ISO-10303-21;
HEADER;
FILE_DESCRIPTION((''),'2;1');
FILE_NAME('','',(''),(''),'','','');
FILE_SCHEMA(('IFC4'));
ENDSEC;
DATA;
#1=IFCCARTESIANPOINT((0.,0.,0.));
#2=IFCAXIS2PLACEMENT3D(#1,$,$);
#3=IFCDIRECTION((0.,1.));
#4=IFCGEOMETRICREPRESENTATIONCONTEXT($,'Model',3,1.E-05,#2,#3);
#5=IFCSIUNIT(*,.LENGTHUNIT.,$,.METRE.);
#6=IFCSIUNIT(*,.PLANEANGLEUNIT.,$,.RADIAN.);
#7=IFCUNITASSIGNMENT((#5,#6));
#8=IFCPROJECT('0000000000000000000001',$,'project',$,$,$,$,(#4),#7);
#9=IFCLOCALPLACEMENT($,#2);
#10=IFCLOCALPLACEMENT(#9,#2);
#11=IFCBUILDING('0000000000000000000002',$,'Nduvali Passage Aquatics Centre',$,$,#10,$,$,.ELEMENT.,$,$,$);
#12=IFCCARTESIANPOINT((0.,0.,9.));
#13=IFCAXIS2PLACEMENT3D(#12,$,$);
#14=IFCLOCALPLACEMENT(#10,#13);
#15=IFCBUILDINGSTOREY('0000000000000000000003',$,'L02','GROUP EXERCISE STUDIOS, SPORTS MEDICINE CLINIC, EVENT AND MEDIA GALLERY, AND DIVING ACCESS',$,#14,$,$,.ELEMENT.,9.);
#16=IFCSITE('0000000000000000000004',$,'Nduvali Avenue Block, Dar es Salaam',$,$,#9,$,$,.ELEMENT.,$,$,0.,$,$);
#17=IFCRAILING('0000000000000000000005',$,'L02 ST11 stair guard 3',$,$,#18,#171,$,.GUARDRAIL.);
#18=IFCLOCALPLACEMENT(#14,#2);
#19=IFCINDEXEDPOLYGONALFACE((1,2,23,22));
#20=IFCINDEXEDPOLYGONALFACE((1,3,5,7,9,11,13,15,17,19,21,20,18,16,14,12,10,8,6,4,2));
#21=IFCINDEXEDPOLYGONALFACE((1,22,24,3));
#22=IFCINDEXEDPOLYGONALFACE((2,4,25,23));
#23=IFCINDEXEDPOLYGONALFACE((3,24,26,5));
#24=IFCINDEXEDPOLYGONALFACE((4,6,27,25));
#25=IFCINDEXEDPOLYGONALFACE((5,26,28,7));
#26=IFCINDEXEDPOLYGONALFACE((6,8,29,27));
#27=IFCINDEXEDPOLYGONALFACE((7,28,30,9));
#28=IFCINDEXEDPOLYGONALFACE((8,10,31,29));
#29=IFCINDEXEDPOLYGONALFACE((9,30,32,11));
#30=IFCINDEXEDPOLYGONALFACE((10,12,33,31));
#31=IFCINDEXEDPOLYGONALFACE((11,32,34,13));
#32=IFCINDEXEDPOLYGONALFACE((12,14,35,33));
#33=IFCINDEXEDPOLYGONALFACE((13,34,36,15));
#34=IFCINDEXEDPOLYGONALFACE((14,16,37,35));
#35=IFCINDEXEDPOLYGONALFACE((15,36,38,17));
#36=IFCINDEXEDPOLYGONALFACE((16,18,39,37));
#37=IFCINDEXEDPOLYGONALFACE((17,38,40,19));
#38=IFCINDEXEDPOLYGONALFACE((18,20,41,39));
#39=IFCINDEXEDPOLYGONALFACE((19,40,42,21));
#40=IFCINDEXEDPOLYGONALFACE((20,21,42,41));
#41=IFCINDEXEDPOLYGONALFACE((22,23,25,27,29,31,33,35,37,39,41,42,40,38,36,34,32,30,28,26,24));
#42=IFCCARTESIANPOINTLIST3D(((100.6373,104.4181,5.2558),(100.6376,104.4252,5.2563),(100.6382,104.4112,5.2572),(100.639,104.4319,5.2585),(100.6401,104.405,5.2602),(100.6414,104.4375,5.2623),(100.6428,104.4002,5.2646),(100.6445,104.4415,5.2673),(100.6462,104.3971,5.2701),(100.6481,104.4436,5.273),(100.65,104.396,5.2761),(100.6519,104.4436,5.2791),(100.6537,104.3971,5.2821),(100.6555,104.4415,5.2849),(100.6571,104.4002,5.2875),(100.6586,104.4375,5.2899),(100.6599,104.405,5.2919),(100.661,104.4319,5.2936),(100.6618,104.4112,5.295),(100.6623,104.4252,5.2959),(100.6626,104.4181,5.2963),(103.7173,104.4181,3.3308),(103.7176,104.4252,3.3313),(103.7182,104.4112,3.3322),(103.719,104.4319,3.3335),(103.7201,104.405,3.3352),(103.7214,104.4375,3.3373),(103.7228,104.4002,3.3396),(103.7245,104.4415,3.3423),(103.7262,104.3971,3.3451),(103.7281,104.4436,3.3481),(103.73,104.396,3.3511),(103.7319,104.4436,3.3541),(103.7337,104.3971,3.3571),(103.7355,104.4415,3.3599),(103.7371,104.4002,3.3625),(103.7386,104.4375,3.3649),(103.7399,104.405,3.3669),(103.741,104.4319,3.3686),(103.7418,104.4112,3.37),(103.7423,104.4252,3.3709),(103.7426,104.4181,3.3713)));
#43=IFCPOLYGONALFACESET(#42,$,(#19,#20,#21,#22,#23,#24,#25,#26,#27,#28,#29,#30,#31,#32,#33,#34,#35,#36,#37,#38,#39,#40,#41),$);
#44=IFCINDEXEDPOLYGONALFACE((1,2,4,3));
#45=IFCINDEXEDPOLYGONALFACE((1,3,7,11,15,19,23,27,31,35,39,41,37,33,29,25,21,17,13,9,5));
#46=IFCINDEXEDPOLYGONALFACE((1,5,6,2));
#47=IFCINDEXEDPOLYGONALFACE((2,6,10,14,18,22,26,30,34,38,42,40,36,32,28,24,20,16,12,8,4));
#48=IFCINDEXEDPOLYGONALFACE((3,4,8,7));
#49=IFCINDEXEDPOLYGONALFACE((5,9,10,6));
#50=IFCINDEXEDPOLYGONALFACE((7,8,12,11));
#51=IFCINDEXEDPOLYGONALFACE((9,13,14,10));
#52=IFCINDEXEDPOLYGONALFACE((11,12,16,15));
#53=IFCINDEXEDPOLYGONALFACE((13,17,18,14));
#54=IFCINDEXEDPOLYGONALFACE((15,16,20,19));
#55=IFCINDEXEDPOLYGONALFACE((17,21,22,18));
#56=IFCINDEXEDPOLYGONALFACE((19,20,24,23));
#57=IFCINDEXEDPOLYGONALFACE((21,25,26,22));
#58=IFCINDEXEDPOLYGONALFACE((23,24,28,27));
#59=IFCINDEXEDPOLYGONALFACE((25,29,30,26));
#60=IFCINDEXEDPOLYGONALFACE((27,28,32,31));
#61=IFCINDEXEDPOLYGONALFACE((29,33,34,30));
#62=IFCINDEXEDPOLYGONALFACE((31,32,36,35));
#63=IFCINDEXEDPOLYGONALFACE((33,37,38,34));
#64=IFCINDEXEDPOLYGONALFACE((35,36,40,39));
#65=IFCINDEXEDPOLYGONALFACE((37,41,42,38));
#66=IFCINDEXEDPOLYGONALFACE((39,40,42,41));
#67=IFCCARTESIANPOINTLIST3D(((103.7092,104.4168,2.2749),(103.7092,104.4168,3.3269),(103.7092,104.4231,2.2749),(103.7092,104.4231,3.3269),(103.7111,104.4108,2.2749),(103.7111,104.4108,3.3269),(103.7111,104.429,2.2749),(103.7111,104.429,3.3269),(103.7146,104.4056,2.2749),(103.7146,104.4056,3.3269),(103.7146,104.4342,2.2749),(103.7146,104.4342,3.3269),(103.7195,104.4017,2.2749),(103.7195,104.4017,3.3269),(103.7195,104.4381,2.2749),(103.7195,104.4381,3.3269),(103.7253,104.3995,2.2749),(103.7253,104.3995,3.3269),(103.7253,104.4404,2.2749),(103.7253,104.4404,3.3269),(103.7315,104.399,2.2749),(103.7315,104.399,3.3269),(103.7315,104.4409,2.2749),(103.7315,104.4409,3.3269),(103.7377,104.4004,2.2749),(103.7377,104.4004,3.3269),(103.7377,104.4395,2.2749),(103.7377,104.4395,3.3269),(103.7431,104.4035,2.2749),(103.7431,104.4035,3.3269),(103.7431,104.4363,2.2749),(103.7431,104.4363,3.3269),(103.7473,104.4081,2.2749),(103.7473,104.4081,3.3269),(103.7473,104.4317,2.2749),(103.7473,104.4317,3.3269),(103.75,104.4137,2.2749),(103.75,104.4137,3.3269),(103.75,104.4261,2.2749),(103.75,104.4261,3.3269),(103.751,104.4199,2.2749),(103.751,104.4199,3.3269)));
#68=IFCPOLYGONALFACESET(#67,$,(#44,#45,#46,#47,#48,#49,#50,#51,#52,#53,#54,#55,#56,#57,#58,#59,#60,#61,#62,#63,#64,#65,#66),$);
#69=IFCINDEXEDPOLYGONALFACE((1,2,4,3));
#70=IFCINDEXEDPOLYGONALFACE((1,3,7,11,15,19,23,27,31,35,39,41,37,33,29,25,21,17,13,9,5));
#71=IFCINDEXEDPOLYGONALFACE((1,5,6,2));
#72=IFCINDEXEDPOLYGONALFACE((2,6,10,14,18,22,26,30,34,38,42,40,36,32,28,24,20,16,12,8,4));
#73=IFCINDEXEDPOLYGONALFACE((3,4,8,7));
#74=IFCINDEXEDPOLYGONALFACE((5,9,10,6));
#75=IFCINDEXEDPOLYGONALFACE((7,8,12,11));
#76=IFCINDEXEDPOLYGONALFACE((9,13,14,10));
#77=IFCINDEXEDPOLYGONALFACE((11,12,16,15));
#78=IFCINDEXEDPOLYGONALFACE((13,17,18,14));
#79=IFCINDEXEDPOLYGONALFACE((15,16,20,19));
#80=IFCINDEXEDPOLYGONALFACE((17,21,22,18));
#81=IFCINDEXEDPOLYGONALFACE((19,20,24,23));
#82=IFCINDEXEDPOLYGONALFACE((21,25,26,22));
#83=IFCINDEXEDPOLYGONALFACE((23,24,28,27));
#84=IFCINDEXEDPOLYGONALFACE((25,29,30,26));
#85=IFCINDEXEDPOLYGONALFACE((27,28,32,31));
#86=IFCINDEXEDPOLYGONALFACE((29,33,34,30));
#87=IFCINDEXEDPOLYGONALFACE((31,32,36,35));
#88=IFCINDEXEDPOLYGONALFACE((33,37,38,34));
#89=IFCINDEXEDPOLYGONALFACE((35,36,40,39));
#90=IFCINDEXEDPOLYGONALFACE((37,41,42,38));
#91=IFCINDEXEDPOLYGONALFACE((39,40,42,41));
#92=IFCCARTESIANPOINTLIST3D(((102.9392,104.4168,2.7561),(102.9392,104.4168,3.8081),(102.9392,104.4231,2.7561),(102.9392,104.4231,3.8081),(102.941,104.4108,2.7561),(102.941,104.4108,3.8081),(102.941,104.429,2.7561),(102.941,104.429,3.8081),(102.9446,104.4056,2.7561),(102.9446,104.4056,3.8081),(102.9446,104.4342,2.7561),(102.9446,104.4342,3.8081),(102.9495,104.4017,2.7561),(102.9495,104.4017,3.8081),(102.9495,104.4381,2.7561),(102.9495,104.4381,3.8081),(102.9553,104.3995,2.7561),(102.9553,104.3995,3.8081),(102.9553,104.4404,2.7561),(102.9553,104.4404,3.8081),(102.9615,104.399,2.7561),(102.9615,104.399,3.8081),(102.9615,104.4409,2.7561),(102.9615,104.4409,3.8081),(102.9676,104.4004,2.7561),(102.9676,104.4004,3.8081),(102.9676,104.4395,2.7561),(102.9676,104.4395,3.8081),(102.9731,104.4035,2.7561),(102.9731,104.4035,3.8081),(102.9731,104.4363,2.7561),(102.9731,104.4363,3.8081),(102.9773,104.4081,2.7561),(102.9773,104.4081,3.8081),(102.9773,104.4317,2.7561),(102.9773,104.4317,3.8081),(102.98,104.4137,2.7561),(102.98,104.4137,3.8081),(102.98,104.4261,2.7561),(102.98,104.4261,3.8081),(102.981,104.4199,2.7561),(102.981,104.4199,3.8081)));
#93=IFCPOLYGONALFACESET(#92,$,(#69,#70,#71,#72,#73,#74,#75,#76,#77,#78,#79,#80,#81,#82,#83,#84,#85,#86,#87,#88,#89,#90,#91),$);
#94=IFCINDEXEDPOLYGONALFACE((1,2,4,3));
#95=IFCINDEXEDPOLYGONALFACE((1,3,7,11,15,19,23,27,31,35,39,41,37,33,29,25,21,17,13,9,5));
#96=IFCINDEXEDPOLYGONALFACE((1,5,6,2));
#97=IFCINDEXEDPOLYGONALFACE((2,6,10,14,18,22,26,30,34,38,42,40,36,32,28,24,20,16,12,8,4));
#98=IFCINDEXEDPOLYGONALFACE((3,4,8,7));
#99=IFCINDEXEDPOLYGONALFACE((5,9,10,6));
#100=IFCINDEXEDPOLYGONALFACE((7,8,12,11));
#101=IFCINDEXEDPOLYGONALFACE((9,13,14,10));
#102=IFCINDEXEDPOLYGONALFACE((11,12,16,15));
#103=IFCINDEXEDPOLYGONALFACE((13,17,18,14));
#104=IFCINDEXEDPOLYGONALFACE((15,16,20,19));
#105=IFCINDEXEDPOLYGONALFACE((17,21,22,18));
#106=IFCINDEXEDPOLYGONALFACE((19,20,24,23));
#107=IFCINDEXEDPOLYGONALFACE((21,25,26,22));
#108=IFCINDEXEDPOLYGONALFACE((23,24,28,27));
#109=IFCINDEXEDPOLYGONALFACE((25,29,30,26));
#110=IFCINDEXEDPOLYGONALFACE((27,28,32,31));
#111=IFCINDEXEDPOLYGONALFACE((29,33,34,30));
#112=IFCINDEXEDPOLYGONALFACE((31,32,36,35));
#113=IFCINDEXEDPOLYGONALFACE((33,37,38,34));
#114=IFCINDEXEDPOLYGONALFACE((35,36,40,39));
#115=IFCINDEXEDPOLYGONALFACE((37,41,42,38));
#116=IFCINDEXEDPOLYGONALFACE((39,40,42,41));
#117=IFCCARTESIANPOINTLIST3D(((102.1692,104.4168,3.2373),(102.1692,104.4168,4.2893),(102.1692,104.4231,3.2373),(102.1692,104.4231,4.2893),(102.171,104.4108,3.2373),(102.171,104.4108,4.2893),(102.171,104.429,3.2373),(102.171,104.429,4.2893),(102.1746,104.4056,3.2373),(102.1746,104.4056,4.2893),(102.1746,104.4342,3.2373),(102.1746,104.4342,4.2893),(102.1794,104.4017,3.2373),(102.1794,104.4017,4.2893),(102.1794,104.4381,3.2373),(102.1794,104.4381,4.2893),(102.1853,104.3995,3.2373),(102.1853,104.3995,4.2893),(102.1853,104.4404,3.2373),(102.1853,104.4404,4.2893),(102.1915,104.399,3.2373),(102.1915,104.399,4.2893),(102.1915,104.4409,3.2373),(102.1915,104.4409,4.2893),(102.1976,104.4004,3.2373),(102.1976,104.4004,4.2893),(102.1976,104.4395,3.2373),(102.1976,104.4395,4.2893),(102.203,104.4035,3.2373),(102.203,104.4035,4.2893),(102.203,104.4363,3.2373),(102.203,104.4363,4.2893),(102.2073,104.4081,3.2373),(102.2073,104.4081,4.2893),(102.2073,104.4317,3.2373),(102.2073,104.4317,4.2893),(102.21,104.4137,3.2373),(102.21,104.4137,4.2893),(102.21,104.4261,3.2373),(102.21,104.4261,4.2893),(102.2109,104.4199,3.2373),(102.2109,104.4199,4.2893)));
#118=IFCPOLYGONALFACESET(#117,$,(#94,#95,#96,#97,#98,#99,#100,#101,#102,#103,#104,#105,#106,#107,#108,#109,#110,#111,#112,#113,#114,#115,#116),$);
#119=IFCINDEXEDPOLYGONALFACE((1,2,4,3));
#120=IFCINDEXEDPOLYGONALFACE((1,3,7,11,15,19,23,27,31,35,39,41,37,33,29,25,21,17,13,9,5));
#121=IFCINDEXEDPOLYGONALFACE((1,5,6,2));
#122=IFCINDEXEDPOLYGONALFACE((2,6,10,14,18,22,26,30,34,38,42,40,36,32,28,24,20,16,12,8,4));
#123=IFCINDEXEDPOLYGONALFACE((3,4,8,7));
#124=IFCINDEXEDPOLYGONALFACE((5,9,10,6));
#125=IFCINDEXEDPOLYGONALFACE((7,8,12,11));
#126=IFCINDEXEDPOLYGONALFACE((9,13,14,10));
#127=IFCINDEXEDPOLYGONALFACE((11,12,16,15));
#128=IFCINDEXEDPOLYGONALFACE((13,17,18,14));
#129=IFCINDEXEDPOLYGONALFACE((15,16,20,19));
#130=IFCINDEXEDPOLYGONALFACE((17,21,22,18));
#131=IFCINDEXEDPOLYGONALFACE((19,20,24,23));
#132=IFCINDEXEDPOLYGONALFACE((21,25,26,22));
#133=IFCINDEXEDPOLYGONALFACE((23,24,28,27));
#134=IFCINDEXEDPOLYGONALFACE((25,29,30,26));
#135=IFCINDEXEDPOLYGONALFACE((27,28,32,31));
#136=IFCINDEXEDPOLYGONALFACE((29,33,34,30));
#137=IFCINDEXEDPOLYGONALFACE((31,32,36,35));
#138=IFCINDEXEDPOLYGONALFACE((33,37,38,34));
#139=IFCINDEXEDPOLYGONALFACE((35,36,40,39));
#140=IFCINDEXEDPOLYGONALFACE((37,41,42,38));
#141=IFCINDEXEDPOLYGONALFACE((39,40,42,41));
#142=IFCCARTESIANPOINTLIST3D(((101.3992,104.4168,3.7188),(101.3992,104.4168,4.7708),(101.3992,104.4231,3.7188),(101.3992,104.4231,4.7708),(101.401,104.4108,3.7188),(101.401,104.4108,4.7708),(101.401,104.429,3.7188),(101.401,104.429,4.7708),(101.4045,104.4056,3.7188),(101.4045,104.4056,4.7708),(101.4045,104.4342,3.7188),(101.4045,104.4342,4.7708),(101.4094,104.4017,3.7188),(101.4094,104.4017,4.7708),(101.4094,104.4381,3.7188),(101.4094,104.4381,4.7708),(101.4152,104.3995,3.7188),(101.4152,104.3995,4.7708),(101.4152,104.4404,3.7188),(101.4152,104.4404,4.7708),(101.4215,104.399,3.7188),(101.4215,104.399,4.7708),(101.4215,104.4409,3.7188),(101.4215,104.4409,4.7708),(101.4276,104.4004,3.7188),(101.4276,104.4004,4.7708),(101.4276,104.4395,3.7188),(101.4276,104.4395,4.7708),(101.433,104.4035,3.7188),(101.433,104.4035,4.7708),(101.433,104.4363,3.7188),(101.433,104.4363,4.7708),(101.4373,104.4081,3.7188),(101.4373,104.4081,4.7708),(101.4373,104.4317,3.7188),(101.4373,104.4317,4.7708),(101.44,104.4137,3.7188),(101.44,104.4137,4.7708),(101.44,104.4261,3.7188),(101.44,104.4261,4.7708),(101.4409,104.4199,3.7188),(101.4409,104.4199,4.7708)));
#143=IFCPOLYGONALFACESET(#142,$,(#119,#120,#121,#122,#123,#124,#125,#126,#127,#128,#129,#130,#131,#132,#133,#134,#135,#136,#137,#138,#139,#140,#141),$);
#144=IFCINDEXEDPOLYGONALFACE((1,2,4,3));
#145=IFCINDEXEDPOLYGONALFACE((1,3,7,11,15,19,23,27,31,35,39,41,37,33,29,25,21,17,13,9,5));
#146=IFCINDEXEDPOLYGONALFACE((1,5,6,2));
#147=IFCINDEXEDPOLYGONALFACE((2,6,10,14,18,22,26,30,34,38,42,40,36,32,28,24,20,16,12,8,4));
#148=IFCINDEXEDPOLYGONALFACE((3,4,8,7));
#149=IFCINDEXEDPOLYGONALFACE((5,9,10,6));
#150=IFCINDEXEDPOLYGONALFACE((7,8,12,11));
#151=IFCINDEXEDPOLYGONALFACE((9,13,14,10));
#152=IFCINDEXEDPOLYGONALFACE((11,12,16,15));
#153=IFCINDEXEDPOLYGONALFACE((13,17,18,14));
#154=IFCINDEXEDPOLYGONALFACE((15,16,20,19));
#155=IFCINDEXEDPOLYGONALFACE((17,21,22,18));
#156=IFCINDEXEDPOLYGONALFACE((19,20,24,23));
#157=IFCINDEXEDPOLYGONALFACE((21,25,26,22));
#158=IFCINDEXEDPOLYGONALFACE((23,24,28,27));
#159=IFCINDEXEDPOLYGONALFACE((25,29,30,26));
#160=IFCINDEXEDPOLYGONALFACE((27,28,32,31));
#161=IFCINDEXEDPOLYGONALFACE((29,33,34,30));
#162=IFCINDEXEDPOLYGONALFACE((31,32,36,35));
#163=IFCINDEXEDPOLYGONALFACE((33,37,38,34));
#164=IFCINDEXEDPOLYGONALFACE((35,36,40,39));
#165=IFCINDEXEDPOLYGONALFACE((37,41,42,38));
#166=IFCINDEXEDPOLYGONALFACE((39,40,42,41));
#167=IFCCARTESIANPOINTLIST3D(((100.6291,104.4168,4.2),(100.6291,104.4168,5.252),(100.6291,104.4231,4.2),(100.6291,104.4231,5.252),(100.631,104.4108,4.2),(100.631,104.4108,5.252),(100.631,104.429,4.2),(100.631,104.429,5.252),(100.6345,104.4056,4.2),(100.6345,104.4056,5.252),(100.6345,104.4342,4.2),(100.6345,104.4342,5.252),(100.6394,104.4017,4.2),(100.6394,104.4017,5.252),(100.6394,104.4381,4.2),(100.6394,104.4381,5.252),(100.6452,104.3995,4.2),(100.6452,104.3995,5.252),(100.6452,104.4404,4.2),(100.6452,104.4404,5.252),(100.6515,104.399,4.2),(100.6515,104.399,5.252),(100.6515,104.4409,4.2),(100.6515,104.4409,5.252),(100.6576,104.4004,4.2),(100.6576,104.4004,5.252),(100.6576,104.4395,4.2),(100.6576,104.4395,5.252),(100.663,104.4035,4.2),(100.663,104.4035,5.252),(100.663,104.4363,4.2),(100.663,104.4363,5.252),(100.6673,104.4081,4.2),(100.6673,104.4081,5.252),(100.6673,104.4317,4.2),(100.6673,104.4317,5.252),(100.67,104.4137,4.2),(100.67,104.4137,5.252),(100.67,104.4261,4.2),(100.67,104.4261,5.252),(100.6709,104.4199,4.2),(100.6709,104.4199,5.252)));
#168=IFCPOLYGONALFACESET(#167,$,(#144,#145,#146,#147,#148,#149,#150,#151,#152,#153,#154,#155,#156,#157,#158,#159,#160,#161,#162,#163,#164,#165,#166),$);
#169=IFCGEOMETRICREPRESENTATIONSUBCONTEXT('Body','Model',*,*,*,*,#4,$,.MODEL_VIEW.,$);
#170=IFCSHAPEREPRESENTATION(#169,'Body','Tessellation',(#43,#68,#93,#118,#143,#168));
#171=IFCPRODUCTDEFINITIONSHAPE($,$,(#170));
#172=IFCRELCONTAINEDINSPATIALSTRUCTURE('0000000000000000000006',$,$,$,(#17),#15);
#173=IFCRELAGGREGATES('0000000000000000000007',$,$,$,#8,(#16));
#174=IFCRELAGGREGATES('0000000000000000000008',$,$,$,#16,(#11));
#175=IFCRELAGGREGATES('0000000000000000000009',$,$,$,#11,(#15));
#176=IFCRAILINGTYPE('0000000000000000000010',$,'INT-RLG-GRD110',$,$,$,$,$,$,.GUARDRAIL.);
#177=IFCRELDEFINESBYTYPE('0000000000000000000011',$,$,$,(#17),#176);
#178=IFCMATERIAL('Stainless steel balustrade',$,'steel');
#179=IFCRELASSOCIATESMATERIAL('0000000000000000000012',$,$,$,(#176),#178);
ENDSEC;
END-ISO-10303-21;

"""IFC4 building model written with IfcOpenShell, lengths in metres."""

from ifc_helpers import new_model, si_unit, direction, frame, origin, origin_2d, place, context, subcontext, project, spatial, circle, extrude, material, type_object, element, save


model = new_model("IFC4")

# Units and contexts
model_context = context("Model", 3, precision=1e-05, world=origin(), true_north=direction((0.0, 1.0)))
body_context = subcontext(model_context, "Body", "Model", "MODEL_VIEW")
ifc_project = project(units=[si_unit("LENGTHUNIT", "METRE"), si_unit("PLANEANGLEUNIT", "RADIAN")], contexts=[model_context])

# Site, building, storey
site_placement = place(None, origin())
site = spatial("IfcSite", under=ifc_project, at=site_placement, Name="Nduvali Avenue Block, Dar es Salaam", CompositionType="ELEMENT", RefElevation=0.0)
building_placement = place(site_placement, origin())
building = spatial("IfcBuilding", under=site, at=building_placement, Name="Nduvali Passage Aquatics Centre", CompositionType="ELEMENT")
storey_placement = place(building_placement, frame((0.0, 0.0, 9.0)))
storey = spatial("IfcBuildingStorey", under=building, at=storey_placement, Name="L02", Description="GROUP EXERCISE STUDIOS, SPORTS MEDICINE CLINIC, EVENT AND MEDIA GALLERY, AND DIVING ACCESS", CompositionType="ELEMENT", Elevation=9.0)

# Railing
ifc_material_1 = material(Name="Stainless steel balustrade", Category="steel")
railing_type_1 = type_object("IfcRailingType", Name="INT-RLG-GRD110", PredefinedType="GUARDRAIL", material=ifc_material_1)
railing_1_placement = place(storey_placement, frame((103.73, 104.4199, 2.2749)))
element("IfcRailing", 1, at=railing_1_placement, inside=storey, type_object=railing_type_1, Name="L02 ST11 stair guard 3", PredefinedType="GUARDRAIL", context=body_context, shape_type="SweptSolid", body=[
    extrude(circle(Radius=0.0239, at=origin_2d()), frame((0.0, 0.0, 1.0762), z_axis=(-0.847998, 0.0, 0.529999), x_axis=(0.0, -1.0, 0.0)), (0.0, 0.0, 1.0), 3.6321),
    extrude(circle(Radius=0.021, at=origin_2d()), origin(), (0.0, 0.0, 1.0), 1.052),
    extrude(circle(Radius=0.021, at=origin_2d()), frame((-0.77, 0.0, 0.4812)), (0.0, 0.0, 1.0), 1.052),
    extrude(circle(Radius=0.021, at=origin_2d()), frame((-1.54, 0.0, 0.9624)), (0.0, 0.0, 1.0), 1.052),
    extrude(circle(Radius=0.021, at=origin_2d()), frame((-2.3101, 0.0, 1.4438)), (0.0, 0.0, 1.0), 1.052),
    extrude(circle(Radius=0.021, at=origin_2d()), frame((-3.0801, 0.0, 1.925)), (0.0, 0.0, 1.0), 1.052),
])

save(model, "model.ifc")
